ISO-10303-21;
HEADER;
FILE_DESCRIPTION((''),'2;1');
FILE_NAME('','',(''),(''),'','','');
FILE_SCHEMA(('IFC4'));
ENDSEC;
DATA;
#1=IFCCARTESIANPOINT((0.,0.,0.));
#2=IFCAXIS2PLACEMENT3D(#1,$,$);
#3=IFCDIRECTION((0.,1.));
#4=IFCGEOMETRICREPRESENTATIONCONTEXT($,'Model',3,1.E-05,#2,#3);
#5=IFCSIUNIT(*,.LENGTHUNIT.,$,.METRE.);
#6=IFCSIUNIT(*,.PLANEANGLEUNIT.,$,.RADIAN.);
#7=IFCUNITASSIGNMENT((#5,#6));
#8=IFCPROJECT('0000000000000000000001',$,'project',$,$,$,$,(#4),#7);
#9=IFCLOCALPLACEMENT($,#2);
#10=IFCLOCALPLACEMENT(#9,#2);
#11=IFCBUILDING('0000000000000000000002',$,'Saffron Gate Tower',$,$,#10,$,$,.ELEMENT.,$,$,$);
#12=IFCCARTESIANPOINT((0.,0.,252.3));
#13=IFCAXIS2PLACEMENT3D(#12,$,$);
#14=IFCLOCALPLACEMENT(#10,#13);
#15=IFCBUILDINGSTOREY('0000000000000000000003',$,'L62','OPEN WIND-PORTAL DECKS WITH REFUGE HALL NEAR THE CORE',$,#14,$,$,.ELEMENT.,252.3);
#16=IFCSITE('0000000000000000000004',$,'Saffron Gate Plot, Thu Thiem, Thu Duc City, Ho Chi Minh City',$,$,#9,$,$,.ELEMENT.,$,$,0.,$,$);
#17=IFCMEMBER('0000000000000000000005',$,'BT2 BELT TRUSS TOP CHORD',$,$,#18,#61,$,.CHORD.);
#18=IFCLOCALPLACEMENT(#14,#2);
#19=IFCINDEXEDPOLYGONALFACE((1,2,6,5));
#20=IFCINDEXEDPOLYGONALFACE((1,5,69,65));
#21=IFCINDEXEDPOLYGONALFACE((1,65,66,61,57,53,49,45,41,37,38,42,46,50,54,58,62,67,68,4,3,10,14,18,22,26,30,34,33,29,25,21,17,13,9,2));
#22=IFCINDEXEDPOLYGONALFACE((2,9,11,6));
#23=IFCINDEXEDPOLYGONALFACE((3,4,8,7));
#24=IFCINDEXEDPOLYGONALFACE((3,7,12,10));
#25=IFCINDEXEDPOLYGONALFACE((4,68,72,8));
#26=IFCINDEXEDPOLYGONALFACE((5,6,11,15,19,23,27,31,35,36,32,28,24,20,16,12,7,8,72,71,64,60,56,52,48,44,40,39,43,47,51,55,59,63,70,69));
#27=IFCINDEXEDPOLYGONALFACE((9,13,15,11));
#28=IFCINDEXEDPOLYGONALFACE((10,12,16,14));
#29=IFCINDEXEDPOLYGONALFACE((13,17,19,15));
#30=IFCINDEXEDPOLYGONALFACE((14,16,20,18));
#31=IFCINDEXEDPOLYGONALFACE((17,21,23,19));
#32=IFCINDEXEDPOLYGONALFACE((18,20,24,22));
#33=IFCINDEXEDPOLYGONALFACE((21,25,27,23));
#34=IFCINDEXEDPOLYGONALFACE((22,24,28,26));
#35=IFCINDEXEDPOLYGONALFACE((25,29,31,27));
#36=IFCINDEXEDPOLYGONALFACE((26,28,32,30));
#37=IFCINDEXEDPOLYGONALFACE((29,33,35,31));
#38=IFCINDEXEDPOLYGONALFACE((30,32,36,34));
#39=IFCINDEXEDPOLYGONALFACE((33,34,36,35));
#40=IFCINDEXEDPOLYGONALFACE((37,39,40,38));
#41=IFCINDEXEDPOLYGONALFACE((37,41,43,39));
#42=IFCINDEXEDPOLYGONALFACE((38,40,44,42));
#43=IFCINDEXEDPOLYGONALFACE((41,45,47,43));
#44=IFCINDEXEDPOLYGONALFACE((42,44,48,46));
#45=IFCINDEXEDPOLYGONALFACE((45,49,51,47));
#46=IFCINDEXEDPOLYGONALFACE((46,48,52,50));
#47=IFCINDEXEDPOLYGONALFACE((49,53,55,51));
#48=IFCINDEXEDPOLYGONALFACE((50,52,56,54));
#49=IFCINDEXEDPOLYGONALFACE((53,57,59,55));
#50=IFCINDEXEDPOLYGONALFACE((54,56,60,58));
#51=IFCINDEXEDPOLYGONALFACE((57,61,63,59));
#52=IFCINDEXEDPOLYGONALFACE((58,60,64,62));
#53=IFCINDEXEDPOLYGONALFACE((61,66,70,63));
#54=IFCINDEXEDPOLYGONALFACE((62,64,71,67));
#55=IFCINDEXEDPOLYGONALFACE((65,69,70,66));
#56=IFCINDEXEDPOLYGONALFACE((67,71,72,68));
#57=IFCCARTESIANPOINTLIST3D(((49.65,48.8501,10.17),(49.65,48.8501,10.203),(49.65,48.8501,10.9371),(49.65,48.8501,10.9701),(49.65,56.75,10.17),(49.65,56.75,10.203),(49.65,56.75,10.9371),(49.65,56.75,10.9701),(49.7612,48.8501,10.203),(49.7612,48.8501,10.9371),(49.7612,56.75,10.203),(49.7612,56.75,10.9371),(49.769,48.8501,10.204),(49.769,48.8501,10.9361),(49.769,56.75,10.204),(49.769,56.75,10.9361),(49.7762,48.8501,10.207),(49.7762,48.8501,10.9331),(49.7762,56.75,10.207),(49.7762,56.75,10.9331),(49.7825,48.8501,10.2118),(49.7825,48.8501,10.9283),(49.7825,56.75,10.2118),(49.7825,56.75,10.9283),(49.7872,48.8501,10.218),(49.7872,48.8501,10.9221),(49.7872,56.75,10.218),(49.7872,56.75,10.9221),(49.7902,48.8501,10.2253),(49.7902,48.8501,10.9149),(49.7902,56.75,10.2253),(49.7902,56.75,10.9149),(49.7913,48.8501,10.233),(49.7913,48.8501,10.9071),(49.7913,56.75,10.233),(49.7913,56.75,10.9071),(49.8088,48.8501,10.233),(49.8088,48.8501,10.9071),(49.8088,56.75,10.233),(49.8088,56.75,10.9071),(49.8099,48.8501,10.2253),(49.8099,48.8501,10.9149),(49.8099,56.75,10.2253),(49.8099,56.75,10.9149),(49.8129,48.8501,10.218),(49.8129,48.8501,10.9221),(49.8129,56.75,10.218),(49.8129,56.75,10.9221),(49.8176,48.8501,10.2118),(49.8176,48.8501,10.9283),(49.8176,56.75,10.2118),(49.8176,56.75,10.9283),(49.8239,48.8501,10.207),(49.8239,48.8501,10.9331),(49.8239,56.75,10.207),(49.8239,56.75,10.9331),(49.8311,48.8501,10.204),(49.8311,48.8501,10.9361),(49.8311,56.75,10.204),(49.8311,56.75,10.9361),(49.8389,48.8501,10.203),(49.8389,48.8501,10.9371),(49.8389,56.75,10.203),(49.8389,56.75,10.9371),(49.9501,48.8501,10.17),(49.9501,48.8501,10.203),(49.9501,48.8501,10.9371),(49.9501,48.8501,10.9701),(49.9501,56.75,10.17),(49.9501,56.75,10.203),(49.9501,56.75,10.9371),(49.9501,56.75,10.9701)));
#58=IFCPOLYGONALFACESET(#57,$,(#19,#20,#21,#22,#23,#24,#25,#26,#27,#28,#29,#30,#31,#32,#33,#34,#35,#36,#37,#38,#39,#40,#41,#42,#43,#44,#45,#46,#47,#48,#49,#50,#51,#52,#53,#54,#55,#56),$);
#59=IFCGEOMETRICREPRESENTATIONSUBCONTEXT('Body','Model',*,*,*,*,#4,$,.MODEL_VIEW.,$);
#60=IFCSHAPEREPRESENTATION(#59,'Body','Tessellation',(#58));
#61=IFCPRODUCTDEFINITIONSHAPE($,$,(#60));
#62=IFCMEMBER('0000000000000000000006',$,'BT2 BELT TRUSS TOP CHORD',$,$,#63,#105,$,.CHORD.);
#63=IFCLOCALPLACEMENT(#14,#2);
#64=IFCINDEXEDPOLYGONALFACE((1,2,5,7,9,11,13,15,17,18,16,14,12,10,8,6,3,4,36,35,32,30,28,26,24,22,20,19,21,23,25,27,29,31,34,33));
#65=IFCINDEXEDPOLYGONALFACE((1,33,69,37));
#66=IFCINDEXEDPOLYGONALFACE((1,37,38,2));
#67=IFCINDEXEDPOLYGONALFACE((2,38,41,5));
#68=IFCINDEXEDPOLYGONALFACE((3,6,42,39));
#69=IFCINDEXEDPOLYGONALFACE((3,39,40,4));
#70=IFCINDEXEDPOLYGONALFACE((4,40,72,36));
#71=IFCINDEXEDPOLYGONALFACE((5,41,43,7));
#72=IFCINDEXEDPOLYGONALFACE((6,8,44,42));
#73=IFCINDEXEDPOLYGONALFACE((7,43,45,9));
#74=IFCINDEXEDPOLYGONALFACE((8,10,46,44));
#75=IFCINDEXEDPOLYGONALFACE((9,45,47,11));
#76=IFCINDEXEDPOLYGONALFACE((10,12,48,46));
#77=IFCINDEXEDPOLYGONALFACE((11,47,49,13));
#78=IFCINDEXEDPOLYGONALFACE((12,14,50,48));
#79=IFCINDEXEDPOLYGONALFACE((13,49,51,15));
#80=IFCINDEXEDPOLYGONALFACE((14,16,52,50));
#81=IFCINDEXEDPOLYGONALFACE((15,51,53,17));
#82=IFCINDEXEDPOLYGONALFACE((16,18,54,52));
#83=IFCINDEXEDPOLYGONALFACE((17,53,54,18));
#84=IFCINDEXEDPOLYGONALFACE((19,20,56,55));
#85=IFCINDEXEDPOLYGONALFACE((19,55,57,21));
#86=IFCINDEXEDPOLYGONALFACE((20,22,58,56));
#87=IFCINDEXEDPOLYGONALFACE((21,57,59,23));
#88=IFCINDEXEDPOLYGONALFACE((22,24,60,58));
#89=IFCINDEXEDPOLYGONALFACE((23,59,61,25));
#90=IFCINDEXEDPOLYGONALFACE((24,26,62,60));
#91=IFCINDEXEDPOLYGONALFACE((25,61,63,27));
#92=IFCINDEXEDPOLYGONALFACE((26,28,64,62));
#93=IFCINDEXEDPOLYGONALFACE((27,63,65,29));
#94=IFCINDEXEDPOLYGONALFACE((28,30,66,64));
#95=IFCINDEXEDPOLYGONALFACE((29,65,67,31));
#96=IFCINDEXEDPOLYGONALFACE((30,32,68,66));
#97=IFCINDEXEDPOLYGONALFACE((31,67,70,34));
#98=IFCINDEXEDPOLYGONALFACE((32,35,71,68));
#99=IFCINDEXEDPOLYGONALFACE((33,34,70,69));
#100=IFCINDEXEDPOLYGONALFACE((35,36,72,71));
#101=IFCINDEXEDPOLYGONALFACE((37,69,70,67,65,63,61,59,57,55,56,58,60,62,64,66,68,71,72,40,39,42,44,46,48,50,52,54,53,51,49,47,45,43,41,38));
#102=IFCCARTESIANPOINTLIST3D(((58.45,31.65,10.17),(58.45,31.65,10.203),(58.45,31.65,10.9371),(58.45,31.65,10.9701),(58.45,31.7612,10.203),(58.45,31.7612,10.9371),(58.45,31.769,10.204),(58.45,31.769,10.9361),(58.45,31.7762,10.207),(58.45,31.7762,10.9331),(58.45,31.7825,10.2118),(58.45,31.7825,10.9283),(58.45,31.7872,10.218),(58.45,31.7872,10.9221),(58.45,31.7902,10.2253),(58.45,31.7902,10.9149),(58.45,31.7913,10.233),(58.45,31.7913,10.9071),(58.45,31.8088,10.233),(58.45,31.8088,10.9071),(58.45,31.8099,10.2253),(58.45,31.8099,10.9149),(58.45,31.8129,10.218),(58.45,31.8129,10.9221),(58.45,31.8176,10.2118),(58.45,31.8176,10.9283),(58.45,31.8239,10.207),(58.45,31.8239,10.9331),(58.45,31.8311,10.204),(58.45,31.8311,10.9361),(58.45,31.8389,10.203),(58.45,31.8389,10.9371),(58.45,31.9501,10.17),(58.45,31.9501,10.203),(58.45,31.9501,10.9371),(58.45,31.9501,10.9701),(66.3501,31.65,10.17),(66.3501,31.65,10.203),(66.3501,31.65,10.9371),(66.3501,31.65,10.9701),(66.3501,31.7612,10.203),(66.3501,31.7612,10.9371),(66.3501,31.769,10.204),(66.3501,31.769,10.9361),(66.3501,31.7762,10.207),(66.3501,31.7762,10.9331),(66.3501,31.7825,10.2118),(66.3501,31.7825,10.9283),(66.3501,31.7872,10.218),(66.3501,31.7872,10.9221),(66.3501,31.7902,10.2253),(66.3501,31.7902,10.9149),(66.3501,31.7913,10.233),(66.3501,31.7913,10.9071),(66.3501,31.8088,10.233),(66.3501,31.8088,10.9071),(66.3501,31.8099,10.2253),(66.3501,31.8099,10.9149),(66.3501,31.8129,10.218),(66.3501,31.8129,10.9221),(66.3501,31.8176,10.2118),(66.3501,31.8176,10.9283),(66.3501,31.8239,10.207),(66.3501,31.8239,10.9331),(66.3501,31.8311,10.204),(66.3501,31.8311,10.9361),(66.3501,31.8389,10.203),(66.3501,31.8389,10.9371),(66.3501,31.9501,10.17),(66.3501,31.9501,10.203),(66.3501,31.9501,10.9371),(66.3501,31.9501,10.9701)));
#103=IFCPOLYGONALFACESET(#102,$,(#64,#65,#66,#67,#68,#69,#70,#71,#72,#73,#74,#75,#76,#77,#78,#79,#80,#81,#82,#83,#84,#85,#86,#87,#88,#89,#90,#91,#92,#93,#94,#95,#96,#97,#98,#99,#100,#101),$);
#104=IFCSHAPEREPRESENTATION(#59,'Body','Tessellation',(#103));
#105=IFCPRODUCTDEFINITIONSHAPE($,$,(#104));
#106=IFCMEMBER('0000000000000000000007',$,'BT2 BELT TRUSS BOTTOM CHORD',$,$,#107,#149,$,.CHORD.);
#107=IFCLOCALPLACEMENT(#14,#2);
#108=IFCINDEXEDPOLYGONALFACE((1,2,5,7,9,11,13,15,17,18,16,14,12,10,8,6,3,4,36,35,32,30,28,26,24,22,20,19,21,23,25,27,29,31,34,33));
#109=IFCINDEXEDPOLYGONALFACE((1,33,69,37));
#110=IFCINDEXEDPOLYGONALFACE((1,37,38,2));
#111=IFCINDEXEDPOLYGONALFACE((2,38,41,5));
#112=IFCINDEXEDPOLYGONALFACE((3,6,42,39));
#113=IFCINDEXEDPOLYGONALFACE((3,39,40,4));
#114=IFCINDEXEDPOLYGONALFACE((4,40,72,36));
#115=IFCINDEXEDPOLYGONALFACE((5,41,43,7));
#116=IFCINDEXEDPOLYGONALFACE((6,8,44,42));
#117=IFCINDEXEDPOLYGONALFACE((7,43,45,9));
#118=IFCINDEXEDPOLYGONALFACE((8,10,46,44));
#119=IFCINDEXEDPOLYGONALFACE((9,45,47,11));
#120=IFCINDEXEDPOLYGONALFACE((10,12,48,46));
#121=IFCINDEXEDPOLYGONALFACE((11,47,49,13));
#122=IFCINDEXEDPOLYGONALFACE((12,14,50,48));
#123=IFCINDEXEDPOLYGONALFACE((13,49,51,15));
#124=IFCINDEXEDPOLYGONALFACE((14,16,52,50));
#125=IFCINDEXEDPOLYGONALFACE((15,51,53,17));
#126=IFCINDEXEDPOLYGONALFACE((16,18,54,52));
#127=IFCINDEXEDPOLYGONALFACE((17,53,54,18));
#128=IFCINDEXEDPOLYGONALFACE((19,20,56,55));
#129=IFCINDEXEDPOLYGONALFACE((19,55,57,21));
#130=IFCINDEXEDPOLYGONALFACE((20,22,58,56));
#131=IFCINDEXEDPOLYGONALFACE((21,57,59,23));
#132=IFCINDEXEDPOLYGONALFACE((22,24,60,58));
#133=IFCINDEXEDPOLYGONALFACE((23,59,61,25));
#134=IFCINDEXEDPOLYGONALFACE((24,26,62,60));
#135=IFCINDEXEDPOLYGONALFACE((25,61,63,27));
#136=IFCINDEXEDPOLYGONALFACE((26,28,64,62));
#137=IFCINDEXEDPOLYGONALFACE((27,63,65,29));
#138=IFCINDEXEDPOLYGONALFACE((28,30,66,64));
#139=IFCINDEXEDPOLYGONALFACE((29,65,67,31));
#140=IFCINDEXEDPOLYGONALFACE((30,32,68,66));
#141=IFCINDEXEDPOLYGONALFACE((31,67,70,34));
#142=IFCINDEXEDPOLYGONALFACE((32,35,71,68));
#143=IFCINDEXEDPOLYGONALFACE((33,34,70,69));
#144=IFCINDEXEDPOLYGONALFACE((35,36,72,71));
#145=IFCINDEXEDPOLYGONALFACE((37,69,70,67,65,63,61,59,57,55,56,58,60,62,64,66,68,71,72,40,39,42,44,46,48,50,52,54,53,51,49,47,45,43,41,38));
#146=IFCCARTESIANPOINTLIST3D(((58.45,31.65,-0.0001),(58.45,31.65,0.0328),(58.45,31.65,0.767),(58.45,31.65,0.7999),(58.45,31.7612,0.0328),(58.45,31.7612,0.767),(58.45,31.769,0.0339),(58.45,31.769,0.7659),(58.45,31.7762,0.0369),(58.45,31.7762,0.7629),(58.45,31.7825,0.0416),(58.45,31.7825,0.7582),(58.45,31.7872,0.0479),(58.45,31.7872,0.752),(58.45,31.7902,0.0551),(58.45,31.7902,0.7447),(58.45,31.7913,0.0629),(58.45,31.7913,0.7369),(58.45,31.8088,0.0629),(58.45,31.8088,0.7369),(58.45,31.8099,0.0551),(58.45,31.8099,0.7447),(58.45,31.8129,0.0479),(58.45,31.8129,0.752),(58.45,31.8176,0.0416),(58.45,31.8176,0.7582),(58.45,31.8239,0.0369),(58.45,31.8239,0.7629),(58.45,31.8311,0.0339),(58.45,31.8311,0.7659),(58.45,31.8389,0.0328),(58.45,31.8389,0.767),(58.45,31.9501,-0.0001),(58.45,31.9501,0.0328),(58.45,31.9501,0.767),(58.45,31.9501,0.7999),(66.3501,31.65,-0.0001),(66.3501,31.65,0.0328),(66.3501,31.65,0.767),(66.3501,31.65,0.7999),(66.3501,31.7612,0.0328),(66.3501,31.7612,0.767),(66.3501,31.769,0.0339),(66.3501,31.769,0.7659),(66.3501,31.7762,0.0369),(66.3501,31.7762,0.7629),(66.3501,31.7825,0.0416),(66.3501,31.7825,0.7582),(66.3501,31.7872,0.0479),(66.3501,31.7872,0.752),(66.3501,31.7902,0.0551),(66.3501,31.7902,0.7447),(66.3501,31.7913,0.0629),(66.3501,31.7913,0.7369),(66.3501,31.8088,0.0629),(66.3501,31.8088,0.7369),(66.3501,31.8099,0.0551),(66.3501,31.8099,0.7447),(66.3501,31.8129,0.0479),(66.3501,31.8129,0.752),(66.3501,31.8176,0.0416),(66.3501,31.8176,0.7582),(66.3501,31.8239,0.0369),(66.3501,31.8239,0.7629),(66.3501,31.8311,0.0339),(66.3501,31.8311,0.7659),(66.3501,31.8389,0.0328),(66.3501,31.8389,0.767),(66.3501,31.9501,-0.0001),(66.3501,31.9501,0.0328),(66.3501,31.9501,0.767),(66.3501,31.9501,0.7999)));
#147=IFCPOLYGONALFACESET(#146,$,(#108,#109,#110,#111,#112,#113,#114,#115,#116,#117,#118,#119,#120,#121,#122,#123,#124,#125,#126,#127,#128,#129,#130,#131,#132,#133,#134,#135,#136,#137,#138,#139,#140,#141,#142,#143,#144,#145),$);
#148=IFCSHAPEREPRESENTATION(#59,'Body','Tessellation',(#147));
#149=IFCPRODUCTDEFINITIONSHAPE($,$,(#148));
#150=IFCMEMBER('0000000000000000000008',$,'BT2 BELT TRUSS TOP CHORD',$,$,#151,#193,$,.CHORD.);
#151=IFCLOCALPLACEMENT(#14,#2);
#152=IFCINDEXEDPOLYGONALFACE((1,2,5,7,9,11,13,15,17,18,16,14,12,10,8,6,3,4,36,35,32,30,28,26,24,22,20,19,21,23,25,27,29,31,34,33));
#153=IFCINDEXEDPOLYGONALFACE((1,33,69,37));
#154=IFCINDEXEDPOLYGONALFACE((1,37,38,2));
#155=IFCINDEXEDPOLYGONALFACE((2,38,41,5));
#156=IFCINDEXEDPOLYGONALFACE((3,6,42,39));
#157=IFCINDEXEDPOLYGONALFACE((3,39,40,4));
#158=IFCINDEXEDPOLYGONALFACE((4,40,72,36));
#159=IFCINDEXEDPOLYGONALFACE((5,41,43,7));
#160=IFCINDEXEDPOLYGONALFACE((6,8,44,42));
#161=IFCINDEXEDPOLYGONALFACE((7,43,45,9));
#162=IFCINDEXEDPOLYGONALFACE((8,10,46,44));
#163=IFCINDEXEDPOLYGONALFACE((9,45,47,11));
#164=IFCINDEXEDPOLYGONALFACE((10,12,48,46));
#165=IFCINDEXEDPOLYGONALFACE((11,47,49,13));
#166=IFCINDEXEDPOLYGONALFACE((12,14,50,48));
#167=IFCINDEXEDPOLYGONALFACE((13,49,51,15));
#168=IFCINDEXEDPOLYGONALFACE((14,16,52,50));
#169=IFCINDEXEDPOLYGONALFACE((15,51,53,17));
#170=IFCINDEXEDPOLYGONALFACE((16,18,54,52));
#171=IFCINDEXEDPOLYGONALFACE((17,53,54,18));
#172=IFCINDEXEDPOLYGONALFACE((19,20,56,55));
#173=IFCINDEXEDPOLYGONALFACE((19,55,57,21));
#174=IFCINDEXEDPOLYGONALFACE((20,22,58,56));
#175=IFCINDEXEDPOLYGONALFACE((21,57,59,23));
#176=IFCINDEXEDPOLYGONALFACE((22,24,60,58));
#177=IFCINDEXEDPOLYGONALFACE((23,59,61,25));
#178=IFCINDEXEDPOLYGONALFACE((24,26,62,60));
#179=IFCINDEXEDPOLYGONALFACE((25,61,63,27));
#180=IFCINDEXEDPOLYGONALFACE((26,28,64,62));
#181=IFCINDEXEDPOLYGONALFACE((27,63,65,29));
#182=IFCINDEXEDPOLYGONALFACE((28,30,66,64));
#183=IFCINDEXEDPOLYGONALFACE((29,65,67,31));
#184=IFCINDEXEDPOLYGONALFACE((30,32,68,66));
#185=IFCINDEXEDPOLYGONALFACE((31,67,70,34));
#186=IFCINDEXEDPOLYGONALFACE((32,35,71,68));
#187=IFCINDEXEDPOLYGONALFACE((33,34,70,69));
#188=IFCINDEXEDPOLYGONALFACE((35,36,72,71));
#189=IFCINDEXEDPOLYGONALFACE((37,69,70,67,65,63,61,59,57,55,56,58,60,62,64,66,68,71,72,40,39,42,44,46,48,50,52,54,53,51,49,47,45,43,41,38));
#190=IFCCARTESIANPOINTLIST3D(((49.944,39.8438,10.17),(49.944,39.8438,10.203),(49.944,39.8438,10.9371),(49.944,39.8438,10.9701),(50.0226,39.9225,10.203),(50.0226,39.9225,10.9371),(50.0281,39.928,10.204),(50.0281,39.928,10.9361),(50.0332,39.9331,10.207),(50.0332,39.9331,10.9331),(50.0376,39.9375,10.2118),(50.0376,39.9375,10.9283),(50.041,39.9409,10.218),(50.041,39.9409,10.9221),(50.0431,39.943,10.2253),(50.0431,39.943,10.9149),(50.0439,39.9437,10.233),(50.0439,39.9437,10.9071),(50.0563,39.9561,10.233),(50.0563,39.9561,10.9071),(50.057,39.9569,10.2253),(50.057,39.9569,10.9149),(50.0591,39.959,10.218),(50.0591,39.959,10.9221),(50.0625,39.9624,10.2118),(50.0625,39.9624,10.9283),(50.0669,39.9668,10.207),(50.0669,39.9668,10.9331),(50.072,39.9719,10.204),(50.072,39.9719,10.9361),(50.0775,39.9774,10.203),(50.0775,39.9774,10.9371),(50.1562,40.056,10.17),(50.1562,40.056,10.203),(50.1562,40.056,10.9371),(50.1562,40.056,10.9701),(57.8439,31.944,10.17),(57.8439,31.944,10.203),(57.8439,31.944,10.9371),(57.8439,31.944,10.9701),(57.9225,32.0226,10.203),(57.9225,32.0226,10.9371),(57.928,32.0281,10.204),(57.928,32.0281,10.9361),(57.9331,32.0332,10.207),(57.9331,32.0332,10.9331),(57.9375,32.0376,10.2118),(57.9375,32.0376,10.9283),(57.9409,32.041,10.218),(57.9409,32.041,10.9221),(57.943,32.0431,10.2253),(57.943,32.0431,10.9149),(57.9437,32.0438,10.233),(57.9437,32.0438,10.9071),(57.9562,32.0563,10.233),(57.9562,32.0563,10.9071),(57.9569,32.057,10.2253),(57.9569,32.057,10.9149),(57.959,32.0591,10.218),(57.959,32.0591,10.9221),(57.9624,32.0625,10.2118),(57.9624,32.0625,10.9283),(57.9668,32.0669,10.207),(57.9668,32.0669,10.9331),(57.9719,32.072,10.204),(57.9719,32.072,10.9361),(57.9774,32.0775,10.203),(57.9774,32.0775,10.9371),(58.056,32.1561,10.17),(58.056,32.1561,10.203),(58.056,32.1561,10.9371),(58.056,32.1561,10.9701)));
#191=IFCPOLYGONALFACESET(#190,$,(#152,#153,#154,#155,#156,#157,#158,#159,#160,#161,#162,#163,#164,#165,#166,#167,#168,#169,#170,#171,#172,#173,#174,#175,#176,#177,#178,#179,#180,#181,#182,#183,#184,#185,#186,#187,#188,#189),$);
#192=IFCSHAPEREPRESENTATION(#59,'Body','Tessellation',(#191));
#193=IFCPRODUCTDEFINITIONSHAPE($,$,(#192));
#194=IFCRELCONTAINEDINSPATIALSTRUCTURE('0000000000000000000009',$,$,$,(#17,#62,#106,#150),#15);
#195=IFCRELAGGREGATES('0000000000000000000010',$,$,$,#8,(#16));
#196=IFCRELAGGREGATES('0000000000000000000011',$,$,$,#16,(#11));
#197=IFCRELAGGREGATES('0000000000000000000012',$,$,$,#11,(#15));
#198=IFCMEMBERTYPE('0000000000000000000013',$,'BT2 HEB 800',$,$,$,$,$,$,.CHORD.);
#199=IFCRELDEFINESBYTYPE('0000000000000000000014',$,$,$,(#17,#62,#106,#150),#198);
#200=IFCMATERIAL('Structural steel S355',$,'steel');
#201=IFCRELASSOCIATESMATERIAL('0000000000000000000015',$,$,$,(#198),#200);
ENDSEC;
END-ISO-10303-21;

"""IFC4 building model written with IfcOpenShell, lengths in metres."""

from ifc_helpers import new_model, si_unit, direction, frame, origin, origin_2d, place, context, subcontext, project, spatial, i_section, extrude, material, material_profile, profile_set, type_object, element, save


model = new_model("IFC4")

# Units and contexts
model_context = context("Model", 3, precision=1e-05, world=origin(), true_north=direction((0.0, 1.0)))
body_context = subcontext(model_context, "Body", "Model", "MODEL_VIEW")
ifc_project = project(units=[si_unit("LENGTHUNIT", "METRE"), si_unit("PLANEANGLEUNIT", "RADIAN")], contexts=[model_context])

# Site, building, storey
site_placement = place(None, origin())
site = spatial("IfcSite", under=ifc_project, at=site_placement, Name="Saffron Gate Plot, Thu Thiem, Thu Duc City, Ho Chi Minh City", CompositionType="ELEMENT", RefElevation=0.0)
building_placement = place(site_placement, origin())
building = spatial("IfcBuilding", under=site, at=building_placement, Name="Saffron Gate Tower", CompositionType="ELEMENT")
storey_placement = place(building_placement, frame((0.0, 0.0, 252.3)))
storey = spatial("IfcBuildingStorey", under=building, at=storey_placement, Name="L62", Description="OPEN WIND-PORTAL DECKS WITH REFUGE HALL NEAR THE CORE", CompositionType="ELEMENT", Elevation=252.3)

# Shared definitions
ifc_material_1 = material(Name="Structural steel S355", Category="steel")

# Members
ifc_material_profile_1 = material_profile(ifc_material_1, i_section(OverallWidth=0.3, OverallDepth=0.8, WebThickness=0.0176, FlangeThickness=0.033, FilletRadius=0.03, at=origin_2d()))
ifc_profile_set_1 = profile_set([ifc_material_profile_1], Name="Structural steel S355")
member_type_1 = type_object("IfcMemberType", Name="BT2 HEB 800", PredefinedType="CHORD", material=ifc_profile_set_1)
member_1_placement = place(storey_placement, frame((49.8, 48.8501, 10.5701), z_axis=(0.0, 1.0, 0.0), x_axis=(-1.0, 0.0, 0.0)))
element("IfcMember", 1, at=member_1_placement, inside=storey, type_object=member_type_1, Name="BT2 BELT TRUSS TOP CHORD", PredefinedType="CHORD", context=body_context, shape_type="SweptSolid", body=[
    extrude(i_section(OverallWidth=0.3, OverallDepth=0.8, WebThickness=0.0176, FlangeThickness=0.033, FilletRadius=0.03, at=origin_2d()), origin(), (0.0, 0.0, 1.0), 7.8999),
])
for number, where, z_axis, x_axis, name in (
    (2, (58.45, 31.8, 10.5701), (1.0, 0.0, 0.0), (0.0, 1.0, 0.0), "BT2 BELT TRUSS TOP CHORD"),
    (3, (58.45, 31.8, 0.3999), (1.0, 0.0, 0.0), (0.0, 1.0, 0.0), "BT2 BELT TRUSS BOTTOM CHORD"),
):
    element("IfcMember", number, at=place(storey_placement, frame(where, z_axis=z_axis, x_axis=x_axis)), inside=storey, type_object=member_type_1, Name=name, PredefinedType="CHORD", context=body_context, shape_type="SweptSolid", body=[
        extrude(i_section(OverallWidth=0.3, OverallDepth=0.8, WebThickness=0.0176, FlangeThickness=0.033, FilletRadius=0.03, at=origin_2d()), origin(), (0.0, 0.0, 1.0), 7.9001),
    ])
for number, where, z_axis, x_axis, name in (
    (4, (57.95, 32.05, 10.5701), (-0.707107, 0.707107, 0.0), (-0.707107, -0.707107, 0.0), "BT2 BELT TRUSS TOP CHORD"),
):
    element("IfcMember", number, at=place(storey_placement, frame(where, z_axis=z_axis, x_axis=x_axis)), inside=storey, type_object=member_type_1, Name=name, PredefinedType="CHORD", context=body_context, shape_type="SweptSolid", body=[
        extrude(i_section(OverallWidth=0.3, OverallDepth=0.8, WebThickness=0.0176, FlangeThickness=0.033, FilletRadius=0.03, at=origin_2d()), origin(), (0.0, 0.0, 1.0), 11.1721),
    ])

save(model, "model.ifc")
